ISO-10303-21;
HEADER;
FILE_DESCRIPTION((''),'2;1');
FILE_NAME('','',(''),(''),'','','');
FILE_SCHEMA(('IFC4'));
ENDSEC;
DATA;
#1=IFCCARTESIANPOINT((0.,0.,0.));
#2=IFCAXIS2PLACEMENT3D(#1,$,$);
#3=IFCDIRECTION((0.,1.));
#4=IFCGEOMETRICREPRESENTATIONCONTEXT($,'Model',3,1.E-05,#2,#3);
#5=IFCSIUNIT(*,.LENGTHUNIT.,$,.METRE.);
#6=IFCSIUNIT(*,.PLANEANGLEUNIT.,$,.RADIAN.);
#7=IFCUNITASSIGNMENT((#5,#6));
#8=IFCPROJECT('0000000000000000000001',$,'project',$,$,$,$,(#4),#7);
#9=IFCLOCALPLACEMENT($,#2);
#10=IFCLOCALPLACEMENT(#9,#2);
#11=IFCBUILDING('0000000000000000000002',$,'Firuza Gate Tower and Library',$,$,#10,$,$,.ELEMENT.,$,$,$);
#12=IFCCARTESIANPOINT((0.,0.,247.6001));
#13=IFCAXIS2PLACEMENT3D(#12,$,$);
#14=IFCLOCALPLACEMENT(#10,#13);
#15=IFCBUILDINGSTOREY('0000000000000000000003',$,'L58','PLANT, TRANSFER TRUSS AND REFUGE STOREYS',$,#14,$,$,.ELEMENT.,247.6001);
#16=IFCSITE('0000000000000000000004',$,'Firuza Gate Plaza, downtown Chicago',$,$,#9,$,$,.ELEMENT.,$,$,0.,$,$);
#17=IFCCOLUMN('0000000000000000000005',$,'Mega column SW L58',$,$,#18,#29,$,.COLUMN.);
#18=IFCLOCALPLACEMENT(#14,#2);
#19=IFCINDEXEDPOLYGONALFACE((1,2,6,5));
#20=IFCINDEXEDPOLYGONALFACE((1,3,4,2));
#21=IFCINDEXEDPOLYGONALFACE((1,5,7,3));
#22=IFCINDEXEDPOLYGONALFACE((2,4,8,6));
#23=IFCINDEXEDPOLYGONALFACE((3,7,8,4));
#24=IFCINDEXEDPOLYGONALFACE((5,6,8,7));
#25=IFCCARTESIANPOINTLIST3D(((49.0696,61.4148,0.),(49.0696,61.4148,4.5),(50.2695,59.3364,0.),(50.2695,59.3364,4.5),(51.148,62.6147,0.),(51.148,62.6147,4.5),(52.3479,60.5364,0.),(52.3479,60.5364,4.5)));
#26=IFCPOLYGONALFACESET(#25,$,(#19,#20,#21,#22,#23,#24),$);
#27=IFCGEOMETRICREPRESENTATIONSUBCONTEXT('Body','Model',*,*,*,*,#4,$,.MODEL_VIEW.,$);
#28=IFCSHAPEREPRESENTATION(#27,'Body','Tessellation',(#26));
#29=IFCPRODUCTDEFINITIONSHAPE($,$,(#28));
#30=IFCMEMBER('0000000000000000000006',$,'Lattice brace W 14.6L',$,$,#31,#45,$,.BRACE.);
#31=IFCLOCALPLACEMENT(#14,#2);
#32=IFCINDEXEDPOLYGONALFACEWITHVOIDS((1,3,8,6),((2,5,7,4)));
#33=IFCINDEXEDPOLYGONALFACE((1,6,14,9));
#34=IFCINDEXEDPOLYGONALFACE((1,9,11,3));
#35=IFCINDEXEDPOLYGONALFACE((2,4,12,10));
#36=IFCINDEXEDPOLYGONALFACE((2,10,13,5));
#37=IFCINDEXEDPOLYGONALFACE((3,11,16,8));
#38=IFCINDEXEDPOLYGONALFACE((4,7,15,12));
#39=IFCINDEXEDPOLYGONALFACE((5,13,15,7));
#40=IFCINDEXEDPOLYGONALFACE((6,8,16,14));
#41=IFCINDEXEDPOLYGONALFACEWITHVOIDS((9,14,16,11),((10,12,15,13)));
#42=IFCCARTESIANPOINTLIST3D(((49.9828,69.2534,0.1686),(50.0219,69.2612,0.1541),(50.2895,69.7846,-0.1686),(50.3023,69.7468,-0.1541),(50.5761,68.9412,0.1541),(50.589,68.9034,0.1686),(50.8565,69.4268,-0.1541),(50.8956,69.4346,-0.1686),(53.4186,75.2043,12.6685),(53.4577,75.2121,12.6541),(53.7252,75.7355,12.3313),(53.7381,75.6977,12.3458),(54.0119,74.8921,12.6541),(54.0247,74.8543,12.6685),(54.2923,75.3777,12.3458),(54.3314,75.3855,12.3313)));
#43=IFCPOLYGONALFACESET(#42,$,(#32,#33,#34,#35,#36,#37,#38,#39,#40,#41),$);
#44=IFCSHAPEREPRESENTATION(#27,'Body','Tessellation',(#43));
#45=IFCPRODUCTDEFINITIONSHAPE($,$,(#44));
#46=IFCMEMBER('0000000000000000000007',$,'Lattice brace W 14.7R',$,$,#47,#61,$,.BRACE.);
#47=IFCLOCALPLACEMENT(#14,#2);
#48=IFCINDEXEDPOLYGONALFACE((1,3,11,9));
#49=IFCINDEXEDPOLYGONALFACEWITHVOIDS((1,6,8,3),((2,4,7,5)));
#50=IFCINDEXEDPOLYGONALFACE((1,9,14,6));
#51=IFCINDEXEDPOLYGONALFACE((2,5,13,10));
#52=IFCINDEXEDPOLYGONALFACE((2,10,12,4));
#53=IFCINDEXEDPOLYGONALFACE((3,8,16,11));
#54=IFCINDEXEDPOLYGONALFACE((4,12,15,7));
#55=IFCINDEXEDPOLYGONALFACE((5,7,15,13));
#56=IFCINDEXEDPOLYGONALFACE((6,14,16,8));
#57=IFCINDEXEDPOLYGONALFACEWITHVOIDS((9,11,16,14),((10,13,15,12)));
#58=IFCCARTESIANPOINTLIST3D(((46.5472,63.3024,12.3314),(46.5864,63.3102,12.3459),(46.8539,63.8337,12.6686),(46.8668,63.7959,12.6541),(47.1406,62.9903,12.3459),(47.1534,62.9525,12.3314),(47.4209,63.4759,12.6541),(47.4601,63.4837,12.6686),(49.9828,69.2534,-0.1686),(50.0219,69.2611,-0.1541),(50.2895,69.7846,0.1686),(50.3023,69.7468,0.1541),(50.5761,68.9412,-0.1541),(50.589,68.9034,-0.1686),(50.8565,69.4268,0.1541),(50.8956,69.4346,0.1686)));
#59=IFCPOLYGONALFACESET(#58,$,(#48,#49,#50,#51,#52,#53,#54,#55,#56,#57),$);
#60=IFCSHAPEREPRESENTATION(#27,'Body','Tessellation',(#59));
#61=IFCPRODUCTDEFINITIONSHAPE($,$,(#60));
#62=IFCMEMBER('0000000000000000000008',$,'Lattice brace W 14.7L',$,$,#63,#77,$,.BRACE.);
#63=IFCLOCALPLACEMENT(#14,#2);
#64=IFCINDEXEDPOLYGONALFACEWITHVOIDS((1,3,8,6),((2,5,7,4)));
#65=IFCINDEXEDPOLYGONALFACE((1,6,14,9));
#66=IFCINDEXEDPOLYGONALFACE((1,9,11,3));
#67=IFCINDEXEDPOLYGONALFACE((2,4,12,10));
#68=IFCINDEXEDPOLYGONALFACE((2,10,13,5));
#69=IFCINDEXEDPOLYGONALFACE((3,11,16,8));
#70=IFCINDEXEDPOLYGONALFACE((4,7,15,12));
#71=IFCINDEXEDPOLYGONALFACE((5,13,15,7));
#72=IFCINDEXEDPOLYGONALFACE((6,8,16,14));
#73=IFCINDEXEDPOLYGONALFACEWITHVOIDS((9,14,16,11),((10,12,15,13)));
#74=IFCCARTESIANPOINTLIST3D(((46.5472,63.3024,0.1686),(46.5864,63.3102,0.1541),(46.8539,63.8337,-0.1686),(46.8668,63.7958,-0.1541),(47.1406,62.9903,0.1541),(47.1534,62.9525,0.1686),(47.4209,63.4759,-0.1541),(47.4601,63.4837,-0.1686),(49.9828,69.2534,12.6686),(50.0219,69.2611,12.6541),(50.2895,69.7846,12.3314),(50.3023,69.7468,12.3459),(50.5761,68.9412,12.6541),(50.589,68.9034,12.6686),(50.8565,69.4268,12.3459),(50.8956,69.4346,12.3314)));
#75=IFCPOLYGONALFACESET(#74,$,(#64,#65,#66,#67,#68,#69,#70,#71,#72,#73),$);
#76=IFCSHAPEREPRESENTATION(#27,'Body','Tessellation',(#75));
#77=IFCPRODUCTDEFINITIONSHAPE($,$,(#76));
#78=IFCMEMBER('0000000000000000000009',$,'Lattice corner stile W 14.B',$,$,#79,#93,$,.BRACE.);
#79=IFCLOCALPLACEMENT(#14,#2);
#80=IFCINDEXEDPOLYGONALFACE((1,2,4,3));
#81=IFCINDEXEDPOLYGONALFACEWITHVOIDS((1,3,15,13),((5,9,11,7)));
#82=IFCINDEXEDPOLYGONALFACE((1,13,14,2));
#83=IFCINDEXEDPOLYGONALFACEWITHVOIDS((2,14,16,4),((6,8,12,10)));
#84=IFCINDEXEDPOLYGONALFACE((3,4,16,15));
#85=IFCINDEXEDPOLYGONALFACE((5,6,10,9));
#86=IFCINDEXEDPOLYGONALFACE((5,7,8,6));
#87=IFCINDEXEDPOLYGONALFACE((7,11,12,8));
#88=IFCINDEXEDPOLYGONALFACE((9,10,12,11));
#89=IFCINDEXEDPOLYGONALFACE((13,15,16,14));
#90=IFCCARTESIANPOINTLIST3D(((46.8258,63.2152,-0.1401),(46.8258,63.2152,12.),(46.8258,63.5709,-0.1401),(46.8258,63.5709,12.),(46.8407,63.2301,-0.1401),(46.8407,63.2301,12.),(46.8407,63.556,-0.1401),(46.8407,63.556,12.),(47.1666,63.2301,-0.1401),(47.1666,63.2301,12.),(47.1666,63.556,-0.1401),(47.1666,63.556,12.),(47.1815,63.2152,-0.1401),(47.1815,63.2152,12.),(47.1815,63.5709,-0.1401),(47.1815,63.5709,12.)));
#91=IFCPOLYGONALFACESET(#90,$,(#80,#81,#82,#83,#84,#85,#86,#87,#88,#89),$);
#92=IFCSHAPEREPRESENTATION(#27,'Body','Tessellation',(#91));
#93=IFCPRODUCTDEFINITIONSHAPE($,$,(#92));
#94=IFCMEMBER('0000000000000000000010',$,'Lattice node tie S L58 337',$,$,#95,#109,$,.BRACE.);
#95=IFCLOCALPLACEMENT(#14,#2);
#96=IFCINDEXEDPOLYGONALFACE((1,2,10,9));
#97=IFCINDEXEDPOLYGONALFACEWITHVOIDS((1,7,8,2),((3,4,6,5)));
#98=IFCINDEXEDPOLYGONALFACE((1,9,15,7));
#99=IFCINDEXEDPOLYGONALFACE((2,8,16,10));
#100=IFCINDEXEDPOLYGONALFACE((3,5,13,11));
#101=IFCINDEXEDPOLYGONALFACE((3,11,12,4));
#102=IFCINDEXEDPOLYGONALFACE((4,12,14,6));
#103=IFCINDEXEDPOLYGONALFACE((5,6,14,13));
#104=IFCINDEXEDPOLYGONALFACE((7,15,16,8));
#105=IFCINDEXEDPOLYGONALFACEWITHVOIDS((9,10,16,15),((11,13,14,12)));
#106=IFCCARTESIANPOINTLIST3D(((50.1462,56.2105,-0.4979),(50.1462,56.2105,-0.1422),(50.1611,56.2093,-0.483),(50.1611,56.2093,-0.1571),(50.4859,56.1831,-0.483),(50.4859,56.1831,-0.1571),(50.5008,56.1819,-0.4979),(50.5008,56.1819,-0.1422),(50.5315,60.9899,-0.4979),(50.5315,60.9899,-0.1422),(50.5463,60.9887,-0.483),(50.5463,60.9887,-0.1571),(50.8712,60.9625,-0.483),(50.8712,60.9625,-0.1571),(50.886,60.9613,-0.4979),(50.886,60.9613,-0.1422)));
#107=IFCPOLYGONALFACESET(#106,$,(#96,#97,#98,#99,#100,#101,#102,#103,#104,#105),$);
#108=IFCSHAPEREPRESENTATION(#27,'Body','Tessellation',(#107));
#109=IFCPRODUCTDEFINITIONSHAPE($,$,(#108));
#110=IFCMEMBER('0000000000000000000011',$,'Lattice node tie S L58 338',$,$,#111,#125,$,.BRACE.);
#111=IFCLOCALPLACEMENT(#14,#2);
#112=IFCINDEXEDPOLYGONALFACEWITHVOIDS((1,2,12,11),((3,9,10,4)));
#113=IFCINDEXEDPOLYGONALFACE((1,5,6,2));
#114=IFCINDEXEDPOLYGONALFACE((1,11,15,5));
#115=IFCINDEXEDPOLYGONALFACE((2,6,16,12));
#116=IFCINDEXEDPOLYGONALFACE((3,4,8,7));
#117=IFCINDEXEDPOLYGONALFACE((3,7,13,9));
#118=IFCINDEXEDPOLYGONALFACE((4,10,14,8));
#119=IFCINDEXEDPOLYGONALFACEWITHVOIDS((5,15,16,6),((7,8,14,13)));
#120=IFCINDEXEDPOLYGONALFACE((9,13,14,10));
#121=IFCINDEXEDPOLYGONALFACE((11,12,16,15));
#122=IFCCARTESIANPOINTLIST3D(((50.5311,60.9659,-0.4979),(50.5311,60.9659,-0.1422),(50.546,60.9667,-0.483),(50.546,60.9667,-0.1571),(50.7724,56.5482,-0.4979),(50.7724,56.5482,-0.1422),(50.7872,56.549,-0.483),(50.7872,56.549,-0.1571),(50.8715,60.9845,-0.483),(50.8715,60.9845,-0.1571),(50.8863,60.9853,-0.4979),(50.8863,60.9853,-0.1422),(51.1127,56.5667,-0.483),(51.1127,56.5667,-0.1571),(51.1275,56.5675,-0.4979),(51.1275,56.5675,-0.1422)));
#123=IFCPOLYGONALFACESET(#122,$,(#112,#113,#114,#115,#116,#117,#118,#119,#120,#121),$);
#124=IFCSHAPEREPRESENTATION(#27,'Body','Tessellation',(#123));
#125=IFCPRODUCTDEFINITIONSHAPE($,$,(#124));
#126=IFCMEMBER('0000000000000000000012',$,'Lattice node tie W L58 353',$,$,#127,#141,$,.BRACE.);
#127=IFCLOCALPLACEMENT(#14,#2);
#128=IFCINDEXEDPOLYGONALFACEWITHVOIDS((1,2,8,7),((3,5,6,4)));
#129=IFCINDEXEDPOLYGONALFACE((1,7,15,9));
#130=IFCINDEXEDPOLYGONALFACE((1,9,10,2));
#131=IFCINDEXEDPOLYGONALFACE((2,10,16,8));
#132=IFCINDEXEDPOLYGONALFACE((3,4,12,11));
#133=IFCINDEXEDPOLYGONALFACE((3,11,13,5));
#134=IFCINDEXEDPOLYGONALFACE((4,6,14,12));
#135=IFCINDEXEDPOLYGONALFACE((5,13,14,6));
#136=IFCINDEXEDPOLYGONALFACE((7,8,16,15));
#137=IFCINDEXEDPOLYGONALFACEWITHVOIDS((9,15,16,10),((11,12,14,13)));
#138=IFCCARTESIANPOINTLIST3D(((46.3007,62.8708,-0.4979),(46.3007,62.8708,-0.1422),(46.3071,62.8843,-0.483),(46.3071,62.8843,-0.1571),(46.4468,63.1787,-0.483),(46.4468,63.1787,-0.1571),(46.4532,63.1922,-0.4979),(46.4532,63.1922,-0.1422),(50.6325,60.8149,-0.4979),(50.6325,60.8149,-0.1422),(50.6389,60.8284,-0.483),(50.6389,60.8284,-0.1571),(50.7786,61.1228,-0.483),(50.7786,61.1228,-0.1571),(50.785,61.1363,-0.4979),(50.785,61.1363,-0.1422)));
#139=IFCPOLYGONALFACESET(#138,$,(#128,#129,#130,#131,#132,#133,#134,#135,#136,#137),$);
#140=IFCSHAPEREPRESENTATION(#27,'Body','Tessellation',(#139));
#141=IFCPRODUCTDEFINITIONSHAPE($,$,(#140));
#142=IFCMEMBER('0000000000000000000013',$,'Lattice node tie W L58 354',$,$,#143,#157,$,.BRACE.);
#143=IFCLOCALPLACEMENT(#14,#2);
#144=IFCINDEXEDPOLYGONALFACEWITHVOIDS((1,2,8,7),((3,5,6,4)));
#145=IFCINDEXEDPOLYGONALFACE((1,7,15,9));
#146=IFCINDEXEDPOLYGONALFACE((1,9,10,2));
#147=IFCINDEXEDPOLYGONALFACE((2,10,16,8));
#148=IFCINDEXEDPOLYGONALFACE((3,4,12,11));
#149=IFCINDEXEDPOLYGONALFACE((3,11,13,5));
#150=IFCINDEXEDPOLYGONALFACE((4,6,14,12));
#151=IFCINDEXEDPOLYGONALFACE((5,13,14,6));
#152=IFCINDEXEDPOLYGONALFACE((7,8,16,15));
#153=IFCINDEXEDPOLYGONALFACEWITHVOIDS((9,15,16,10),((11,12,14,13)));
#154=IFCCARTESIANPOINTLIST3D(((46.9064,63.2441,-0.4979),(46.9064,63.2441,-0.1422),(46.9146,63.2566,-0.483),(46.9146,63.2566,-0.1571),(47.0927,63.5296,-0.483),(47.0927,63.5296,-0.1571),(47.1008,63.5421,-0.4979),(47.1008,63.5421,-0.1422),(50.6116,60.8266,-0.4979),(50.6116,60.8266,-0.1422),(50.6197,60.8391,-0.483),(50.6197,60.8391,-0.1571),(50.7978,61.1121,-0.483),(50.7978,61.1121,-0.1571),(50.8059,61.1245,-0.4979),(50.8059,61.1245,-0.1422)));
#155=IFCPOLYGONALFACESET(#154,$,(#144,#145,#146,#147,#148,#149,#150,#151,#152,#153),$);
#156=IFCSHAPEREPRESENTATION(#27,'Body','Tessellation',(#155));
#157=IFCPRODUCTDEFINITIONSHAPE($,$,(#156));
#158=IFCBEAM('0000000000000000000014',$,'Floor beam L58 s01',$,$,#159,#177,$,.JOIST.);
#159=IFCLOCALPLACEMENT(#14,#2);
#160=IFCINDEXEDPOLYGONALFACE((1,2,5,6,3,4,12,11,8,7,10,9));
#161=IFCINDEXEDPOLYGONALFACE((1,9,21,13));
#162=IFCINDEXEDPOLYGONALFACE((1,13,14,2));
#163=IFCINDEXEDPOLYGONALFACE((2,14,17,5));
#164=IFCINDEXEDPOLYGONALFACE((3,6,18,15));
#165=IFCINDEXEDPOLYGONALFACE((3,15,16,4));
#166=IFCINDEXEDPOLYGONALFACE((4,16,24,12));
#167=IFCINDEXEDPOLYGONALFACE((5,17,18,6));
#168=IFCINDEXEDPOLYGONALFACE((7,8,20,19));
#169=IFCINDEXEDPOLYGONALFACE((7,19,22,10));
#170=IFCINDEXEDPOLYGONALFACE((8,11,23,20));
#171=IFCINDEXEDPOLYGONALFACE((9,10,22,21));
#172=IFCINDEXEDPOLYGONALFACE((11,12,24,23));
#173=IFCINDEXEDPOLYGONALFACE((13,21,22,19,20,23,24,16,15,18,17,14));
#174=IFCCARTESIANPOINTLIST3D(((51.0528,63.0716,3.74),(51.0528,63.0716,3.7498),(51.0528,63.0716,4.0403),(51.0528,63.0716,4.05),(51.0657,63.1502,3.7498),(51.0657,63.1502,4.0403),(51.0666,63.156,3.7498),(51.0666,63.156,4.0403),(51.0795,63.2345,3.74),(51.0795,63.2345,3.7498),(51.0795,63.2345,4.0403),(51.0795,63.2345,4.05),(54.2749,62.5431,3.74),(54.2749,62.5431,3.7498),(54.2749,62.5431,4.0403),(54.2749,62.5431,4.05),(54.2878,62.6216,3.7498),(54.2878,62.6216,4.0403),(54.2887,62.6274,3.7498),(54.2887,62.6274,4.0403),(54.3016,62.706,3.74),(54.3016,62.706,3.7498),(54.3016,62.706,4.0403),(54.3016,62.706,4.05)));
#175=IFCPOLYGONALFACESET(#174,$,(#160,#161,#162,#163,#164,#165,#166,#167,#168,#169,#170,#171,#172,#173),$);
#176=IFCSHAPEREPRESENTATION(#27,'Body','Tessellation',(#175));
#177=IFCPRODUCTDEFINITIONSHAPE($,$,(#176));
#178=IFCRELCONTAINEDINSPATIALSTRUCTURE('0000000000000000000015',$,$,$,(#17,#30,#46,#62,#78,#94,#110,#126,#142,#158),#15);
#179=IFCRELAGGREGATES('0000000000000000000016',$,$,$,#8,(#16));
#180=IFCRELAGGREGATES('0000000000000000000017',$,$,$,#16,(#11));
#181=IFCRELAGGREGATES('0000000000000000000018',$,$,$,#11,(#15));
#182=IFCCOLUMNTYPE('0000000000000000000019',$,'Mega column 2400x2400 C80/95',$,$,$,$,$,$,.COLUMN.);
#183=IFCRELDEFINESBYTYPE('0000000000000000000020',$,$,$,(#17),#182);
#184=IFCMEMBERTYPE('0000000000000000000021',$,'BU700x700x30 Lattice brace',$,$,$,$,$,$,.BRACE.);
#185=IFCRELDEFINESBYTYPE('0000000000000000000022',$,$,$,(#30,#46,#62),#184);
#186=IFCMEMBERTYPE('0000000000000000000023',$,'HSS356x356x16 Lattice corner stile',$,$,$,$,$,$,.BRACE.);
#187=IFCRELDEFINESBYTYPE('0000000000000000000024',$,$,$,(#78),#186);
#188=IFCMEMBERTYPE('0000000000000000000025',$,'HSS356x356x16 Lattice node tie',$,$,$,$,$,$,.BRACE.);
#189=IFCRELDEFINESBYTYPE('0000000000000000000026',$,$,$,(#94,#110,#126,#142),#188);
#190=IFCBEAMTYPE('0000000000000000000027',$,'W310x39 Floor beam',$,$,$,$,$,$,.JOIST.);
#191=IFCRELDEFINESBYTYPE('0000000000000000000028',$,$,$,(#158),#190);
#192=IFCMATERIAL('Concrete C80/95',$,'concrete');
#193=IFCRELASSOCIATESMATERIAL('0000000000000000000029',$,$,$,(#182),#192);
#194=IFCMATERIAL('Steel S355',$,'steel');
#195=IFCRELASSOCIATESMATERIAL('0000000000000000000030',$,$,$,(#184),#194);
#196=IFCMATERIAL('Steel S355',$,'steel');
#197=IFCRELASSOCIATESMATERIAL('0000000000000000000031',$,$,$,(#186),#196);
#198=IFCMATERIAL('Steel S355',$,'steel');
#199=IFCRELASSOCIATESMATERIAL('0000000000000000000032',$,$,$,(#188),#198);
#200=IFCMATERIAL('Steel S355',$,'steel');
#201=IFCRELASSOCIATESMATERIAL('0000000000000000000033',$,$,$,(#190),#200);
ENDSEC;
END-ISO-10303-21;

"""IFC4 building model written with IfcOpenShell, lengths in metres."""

from ifc_helpers import new_model, si_unit, direction, frame, origin, origin_2d, place, context, subcontext, project, spatial, rectangle, hollow_rectangle, i_section, extrude, material, material_profile, profile_set, type_object, element, save


model = new_model("IFC4")

# Units and contexts
model_context = context("Model", 3, precision=1e-05, world=origin(), true_north=direction((0.0, 1.0)))
body_context = subcontext(model_context, "Body", "Model", "MODEL_VIEW")
ifc_project = project(units=[si_unit("LENGTHUNIT", "METRE"), si_unit("PLANEANGLEUNIT", "RADIAN")], contexts=[model_context])

# Site, building, storey
site_placement = place(None, origin())
site = spatial("IfcSite", under=ifc_project, at=site_placement, Name="Firuza Gate Plaza, downtown Chicago", CompositionType="ELEMENT", RefElevation=0.0)
building_placement = place(site_placement, origin())
building = spatial("IfcBuilding", under=site, at=building_placement, Name="Firuza Gate Tower and Library", CompositionType="ELEMENT")
storey_placement = place(building_placement, frame((0.0, 0.0, 247.6001)))
storey = spatial("IfcBuildingStorey", under=building, at=storey_placement, Name="L58", Description="PLANT, TRANSFER TRUSS AND REFUGE STOREYS", CompositionType="ELEMENT", Elevation=247.6001)

# Column
ifc_material_1 = material(Name="Concrete C80/95", Category="concrete")
ifc_material_profile_1 = material_profile(ifc_material_1, rectangle(XDim=2.3999, YDim=2.3999, at=origin_2d()))
ifc_profile_set_1 = profile_set([ifc_material_profile_1], Name="Concrete C80/95")
column_type = type_object("IfcColumnType", Name="Mega column 2400x2400 C80/95", PredefinedType="COLUMN", material=ifc_profile_set_1)
column_placement = place(storey_placement, frame((50.7087, 60.9756, 0.0), z_axis=(0.0, 0.0, 1.0), x_axis=(0.5, -0.866025, 0.0)))
element("IfcColumn", 1, at=column_placement, inside=storey, type_object=column_type, Name="Mega column SW L58", PredefinedType="COLUMN", context=body_context, shape_type="SweptSolid", body=[
    extrude(rectangle(XDim=2.3999, YDim=2.3999, at=origin_2d()), origin(), (0.0, 0.0, 1.0), 4.5),
])

# Members
ifc_material_2 = material(Name="Steel S355", Category="steel")
ifc_material_profile_2 = material_profile(ifc_material_2, hollow_rectangle(XDim=0.7, YDim=0.7, WallThickness=0.03, at=origin_2d()))
ifc_profile_set_2 = profile_set([ifc_material_profile_2], Name="Steel S355")
member_type_1 = type_object("IfcMemberType", Name="BU700x700x30 Lattice brace", PredefinedType="BRACE", material=ifc_profile_set_2)
for number, where, z_axis, x_axis, name in (
    (2, (50.4392, 69.344, 0.0), (0.240868, 0.417192, 0.876318), (-0.866024, 0.500002, 0.0), "Lattice brace W 14.6L"),
    (3, (50.4392, 69.344, 0.0), (-0.240852, -0.417194, 0.876322), (0.866039, -0.499976, 0.0), "Lattice brace W 14.7R"),
    (4, (47.0037, 63.3931, 0.0), (0.240852, 0.417194, 0.876322), (-0.866039, 0.499976, 0.0), "Lattice brace W 14.7L"),
):
    element("IfcMember", number, at=place(storey_placement, frame(where, z_axis=z_axis, x_axis=x_axis)), inside=storey, type_object=member_type_1, Name=name, PredefinedType="BRACE", context=body_context, shape_type="SweptSolid", body=[
        extrude(hollow_rectangle(XDim=0.7, YDim=0.7, WallThickness=0.03, at=origin_2d()), origin(), (0.0, 0.0, 1.0), 14.2642),
    ])
ifc_material_3 = material(Name="Steel S355", Category="steel")
ifc_material_profile_3 = material_profile(ifc_material_3, hollow_rectangle(XDim=0.3557, YDim=0.3557, WallThickness=0.0149, at=origin_2d()))
ifc_profile_set_3 = profile_set([ifc_material_profile_3], Name="Steel S355")
member_type_2 = type_object("IfcMemberType", Name="HSS356x356x16 Lattice corner stile", PredefinedType="BRACE", material=ifc_profile_set_3)
member_1_placement = place(storey_placement, frame((47.0037, 63.3931, -0.1401), z_axis=(0.0, 0.0, 1.0), x_axis=(1.0, 0.0, 0.0)))
element("IfcMember", 5, at=member_1_placement, inside=storey, type_object=member_type_2, Name="Lattice corner stile W 14.B", PredefinedType="BRACE", context=body_context, shape_type="SweptSolid", body=[
    extrude(hollow_rectangle(XDim=0.3557, YDim=0.3557, WallThickness=0.0149, at=origin_2d()), origin(), (0.0, 0.0, 1.0), 12.1401),
])
ifc_material_4 = material(Name="Steel S355", Category="steel")
ifc_material_profile_4 = material_profile(ifc_material_4, hollow_rectangle(XDim=0.3557, YDim=0.3557, WallThickness=0.0149, at=origin_2d()))
ifc_profile_set_4 = profile_set([ifc_material_profile_4], Name="Steel S355")
member_type_3 = type_object("IfcMemberType", Name="HSS356x356x16 Lattice node tie", PredefinedType="BRACE", material=ifc_profile_set_4)
member_2_placement = place(storey_placement, frame((50.7087, 60.9756, -0.3201), z_axis=(-0.080344, -0.996767, 0.0), x_axis=(0.996767, -0.080344, 0.0)))
element("IfcMember", 6, at=member_2_placement, inside=storey, type_object=member_type_3, Name="Lattice node tie S L58 337", PredefinedType="BRACE", context=body_context, shape_type="SweptSolid", body=[
    extrude(hollow_rectangle(XDim=0.3557, YDim=0.3557, WallThickness=0.0149, at=origin_2d()), origin(), (0.0, 0.0, 1.0), 4.7949),
])
member_3_placement = place(storey_placement, frame((50.7087, 60.9756, -0.3201), z_axis=(0.05452, -0.998513, 0.0), x_axis=(0.998513, 0.05452, 0.0)))
element("IfcMember", 7, at=member_3_placement, inside=storey, type_object=member_type_3, Name="Lattice node tie S L58 338", PredefinedType="BRACE", context=body_context, shape_type="SweptSolid", body=[
    extrude(hollow_rectangle(XDim=0.3557, YDim=0.3557, WallThickness=0.0149, at=origin_2d()), origin(), (0.0, 0.0, 1.0), 4.4243),
])
member_4_placement = place(storey_placement, frame((50.7087, 60.9756, -0.3201), z_axis=(-0.903414, 0.428769, 0.0), x_axis=(-0.428769, -0.903414, 0.0)))
element("IfcMember", 8, at=member_4_placement, inside=storey, type_object=member_type_3, Name="Lattice node tie W L58 353", PredefinedType="BRACE", context=body_context, shape_type="SweptSolid", body=[
    extrude(hollow_rectangle(XDim=0.3557, YDim=0.3557, WallThickness=0.0149, at=origin_2d()), origin(), (0.0, 0.0, 1.0), 4.7949),
])
member_5_placement = place(storey_placement, frame((50.7087, 60.9756, -0.3201), z_axis=(-0.837494, 0.546446, 0.0), x_axis=(-0.546446, -0.837494, 0.0)))
element("IfcMember", 9, at=member_5_placement, inside=storey, type_object=member_type_3, Name="Lattice node tie W L58 354", PredefinedType="BRACE", context=body_context, shape_type="SweptSolid", body=[
    extrude(hollow_rectangle(XDim=0.3557, YDim=0.3557, WallThickness=0.0149, at=origin_2d()), origin(), (0.0, 0.0, 1.0), 4.4241),
])

# Beam
ifc_material_5 = material(Name="Steel S355", Category="steel")
ifc_material_profile_5 = material_profile(ifc_material_5, i_section(OverallWidth=0.165, OverallDepth=0.3101, WebThickness=0.0059, FlangeThickness=0.0098, at=origin_2d()))
ifc_profile_set_5 = profile_set([ifc_material_profile_5], Name="Steel S355")
beam_type_1 = type_object("IfcBeamType", Name="W310x39 Floor beam", PredefinedType="JOIST", material=ifc_profile_set_5)
beam_1_placement = place(storey_placement, frame((51.0662, 63.1531, 3.895), z_axis=(0.986811, -0.161876, 0.0), x_axis=(0.161876, 0.986811, 0.0)))
element("IfcBeam", 10, at=beam_1_placement, inside=storey, type_object=beam_type_1, Name="Floor beam L58 s01", PredefinedType="JOIST", context=body_context, shape_type="SweptSolid", body=[
    extrude(i_section(OverallWidth=0.165, OverallDepth=0.3101, WebThickness=0.0059, FlangeThickness=0.0098, at=origin_2d()), origin(), (0.0, 0.0, 1.0), 3.2651),
])

save(model, "model.ifc")
